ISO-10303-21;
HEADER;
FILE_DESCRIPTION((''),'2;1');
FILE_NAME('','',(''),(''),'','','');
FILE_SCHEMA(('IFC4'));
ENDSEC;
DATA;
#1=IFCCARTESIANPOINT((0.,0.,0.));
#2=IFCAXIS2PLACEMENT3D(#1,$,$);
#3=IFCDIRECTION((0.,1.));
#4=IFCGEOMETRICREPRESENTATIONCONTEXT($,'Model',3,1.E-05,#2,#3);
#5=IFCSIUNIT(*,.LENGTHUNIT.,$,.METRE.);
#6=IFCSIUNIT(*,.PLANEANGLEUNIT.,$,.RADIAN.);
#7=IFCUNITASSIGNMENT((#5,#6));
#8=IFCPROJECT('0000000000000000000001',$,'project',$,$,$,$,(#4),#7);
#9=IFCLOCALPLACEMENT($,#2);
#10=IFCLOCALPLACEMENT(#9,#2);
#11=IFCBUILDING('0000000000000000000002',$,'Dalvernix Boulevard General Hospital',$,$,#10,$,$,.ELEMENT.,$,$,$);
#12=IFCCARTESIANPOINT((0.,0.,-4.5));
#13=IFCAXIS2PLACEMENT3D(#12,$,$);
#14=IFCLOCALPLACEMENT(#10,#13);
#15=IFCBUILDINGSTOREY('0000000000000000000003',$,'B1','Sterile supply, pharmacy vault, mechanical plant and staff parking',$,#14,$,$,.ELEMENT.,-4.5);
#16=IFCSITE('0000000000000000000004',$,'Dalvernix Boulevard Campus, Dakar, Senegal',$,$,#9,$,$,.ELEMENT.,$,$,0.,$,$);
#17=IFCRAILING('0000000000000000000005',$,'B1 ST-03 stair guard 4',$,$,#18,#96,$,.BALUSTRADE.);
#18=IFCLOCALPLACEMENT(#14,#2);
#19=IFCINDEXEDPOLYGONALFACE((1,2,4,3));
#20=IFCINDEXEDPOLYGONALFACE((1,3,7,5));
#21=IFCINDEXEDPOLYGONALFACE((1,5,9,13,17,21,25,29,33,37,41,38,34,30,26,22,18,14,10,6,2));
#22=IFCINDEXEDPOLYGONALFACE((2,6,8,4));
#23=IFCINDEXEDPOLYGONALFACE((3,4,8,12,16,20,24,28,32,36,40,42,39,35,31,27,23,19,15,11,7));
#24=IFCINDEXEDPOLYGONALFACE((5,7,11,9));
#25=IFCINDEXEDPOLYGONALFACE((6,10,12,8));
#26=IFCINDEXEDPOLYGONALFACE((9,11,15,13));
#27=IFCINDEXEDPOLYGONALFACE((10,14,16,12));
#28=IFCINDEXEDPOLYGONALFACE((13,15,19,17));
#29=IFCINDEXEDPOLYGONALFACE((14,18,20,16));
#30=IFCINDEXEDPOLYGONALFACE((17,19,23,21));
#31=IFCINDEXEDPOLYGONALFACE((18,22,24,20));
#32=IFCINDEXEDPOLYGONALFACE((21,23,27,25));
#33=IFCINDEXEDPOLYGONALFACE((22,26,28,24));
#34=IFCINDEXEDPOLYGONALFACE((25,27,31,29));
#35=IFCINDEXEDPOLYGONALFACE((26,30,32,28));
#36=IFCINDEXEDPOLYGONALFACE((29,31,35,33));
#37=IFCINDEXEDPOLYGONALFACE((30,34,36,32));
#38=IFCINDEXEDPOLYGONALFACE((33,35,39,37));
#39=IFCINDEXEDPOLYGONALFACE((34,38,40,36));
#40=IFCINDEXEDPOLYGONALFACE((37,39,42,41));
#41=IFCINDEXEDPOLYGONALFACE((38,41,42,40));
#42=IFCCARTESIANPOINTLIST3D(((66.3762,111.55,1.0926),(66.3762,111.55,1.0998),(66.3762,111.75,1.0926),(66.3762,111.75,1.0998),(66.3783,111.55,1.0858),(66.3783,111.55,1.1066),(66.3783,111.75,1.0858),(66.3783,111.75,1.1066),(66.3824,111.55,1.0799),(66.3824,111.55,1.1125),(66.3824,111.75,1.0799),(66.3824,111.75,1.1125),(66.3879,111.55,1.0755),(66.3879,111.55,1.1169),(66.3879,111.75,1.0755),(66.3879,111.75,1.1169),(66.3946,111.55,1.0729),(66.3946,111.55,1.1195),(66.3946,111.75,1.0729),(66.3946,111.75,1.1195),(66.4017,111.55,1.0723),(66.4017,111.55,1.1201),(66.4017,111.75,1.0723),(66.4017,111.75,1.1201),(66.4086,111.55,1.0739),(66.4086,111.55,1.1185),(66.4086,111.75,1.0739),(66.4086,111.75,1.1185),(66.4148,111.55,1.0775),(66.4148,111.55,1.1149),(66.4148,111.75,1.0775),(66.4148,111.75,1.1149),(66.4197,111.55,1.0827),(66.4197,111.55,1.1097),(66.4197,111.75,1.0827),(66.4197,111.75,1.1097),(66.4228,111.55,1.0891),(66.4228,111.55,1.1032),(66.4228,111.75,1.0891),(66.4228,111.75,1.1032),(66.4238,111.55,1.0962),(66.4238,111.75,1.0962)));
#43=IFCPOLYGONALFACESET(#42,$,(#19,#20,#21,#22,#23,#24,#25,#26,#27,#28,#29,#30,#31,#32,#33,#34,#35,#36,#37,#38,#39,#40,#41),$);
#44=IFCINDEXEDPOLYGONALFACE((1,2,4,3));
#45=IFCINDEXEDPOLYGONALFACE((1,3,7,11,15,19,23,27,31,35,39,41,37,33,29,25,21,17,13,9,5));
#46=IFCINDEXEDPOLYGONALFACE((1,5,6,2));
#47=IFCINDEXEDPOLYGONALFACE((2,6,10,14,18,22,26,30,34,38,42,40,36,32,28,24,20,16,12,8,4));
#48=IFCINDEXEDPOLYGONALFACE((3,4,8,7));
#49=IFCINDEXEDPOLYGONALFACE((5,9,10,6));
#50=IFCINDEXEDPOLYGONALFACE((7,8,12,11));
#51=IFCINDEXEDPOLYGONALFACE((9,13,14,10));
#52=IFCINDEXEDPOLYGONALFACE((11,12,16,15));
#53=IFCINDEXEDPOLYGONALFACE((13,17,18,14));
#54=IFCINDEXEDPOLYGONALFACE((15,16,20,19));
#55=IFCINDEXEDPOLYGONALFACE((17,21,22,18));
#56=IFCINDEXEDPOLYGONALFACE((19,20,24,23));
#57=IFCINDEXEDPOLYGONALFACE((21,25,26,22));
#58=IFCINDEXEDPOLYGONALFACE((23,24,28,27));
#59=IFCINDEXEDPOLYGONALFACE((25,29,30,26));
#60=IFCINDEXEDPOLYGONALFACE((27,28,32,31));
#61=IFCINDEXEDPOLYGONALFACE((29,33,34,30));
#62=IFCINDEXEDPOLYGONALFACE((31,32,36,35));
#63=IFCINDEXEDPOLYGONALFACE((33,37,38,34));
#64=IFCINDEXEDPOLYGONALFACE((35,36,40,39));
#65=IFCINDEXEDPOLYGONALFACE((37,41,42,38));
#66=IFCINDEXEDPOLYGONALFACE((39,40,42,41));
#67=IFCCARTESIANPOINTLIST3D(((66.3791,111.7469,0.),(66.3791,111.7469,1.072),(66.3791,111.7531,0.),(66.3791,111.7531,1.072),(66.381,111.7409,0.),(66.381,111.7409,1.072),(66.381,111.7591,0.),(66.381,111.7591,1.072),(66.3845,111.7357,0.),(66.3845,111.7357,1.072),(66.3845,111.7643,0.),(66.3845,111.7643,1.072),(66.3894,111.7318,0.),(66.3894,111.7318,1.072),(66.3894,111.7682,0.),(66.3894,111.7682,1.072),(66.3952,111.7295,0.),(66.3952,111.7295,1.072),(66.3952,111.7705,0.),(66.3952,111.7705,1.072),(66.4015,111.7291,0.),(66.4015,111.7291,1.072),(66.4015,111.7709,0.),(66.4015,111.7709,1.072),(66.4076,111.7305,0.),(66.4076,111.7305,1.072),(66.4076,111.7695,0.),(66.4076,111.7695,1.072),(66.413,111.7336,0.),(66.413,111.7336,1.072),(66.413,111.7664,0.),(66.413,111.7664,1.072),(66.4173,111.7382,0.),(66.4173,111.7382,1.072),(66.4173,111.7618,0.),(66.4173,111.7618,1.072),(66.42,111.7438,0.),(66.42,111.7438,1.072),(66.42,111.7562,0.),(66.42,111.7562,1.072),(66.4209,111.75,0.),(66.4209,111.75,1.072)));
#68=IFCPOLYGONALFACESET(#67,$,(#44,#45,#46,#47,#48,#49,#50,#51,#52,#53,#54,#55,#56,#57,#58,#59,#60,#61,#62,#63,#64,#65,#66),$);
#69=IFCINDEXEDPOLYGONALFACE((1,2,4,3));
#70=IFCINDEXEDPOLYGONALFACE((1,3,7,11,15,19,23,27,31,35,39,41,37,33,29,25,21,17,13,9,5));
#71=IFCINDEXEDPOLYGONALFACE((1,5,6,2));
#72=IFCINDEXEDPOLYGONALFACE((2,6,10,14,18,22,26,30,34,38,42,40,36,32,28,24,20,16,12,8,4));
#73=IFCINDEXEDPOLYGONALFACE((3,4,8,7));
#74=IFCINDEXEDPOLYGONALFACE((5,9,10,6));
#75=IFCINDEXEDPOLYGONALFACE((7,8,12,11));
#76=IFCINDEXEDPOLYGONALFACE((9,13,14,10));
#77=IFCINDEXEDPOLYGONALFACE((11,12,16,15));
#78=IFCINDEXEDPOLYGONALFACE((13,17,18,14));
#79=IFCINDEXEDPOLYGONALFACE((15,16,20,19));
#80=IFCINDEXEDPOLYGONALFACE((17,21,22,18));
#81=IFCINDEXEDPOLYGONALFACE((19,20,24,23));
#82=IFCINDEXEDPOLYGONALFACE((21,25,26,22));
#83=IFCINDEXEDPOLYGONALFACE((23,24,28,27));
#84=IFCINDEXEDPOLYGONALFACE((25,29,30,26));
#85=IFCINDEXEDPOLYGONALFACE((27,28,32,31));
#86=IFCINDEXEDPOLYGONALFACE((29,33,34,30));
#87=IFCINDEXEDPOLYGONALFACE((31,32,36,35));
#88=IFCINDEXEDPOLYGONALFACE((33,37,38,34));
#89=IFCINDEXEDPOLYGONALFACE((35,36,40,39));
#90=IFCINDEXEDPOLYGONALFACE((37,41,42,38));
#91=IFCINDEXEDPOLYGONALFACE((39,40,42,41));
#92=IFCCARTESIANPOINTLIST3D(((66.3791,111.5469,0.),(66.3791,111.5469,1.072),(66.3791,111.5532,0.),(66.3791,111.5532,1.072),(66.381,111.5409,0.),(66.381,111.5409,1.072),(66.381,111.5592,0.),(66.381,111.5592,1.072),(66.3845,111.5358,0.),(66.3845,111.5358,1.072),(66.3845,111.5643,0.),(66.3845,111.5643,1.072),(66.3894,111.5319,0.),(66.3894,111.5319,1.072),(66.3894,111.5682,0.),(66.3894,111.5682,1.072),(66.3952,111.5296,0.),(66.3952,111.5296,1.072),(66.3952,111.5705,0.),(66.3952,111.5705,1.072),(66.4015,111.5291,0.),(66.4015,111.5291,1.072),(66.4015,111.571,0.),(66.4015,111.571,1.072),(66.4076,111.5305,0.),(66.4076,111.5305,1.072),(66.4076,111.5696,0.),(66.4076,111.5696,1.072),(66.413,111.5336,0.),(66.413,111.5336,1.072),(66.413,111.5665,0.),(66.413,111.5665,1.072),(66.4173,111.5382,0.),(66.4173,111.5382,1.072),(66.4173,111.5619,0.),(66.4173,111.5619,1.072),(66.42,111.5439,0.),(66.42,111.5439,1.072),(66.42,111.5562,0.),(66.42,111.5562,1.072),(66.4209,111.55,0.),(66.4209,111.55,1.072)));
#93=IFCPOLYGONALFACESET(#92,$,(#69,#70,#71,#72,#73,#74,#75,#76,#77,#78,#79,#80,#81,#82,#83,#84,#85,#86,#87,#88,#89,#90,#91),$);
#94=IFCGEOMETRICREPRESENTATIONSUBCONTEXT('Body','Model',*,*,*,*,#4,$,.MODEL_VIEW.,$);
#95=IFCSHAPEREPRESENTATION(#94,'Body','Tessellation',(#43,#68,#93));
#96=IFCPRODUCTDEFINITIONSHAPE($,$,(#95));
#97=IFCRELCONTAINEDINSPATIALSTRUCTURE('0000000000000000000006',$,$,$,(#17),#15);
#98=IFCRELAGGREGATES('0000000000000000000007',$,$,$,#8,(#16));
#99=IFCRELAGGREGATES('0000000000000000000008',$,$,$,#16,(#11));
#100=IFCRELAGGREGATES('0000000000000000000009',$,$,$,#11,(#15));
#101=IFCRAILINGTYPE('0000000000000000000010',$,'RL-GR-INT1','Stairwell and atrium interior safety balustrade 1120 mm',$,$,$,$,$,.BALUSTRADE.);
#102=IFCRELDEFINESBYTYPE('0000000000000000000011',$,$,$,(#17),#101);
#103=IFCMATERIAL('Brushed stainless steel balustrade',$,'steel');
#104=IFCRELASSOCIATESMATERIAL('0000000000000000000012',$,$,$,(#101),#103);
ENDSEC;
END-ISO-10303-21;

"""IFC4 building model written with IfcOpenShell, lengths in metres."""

from ifc_helpers import new_model, si_unit, direction, frame, origin, origin_2d, place, context, subcontext, project, spatial, circle, extrude, material, type_object, element, save


model = new_model("IFC4")

# Units and contexts
model_context = context("Model", 3, precision=1e-05, world=origin(), true_north=direction((0.0, 1.0)))
body_context = subcontext(model_context, "Body", "Model", "MODEL_VIEW")
ifc_project = project(units=[si_unit("LENGTHUNIT", "METRE"), si_unit("PLANEANGLEUNIT", "RADIAN")], contexts=[model_context])

# Site, building, storey
site_placement = place(None, origin())
site = spatial("IfcSite", under=ifc_project, at=site_placement, Name="Dalvernix Boulevard Campus, Dakar, Senegal", CompositionType="ELEMENT", RefElevation=0.0)
building_placement = place(site_placement, origin())
building = spatial("IfcBuilding", under=site, at=building_placement, Name="Dalvernix Boulevard General Hospital", CompositionType="ELEMENT")
storey_placement = place(building_placement, frame((0.0, 0.0, -4.5)))
storey = spatial("IfcBuildingStorey", under=building, at=storey_placement, Name="B1", Description="Sterile supply, pharmacy vault, mechanical plant and staff parking", CompositionType="ELEMENT", Elevation=-4.5)

# Railing
ifc_material_1 = material(Name="Brushed stainless steel balustrade", Category="steel")
railing_type_1 = type_object("IfcRailingType", Name="RL-GR-INT1", Description="Stairwell and atrium interior safety balustrade 1120 mm", PredefinedType="BALUSTRADE", material=ifc_material_1)
railing_1_placement = place(storey_placement, frame((66.3999, 111.75, 0.0)))
element("IfcRailing", 1, at=railing_1_placement, inside=storey, type_object=railing_type_1, Name="B1 ST-03 stair guard 4", PredefinedType="BALUSTRADE", context=body_context, shape_type="SweptSolid", body=[
    extrude(circle(Radius=0.0239, at=origin_2d()), frame((0.0, 0.0, 1.0962), z_axis=(0.0, -1.0, 0.0), x_axis=(1.0, 0.0, 0.0)), (0.0, 0.0, 1.0), 0.2),
    extrude(circle(Radius=0.021, at=origin_2d()), origin(), (0.0, 0.0, 1.0), 1.072),
    extrude(circle(Radius=0.021, at=origin_2d()), frame((0.0, -0.2, 0.0)), (0.0, 0.0, 1.0), 1.072),
])

save(model, "model.ifc")
